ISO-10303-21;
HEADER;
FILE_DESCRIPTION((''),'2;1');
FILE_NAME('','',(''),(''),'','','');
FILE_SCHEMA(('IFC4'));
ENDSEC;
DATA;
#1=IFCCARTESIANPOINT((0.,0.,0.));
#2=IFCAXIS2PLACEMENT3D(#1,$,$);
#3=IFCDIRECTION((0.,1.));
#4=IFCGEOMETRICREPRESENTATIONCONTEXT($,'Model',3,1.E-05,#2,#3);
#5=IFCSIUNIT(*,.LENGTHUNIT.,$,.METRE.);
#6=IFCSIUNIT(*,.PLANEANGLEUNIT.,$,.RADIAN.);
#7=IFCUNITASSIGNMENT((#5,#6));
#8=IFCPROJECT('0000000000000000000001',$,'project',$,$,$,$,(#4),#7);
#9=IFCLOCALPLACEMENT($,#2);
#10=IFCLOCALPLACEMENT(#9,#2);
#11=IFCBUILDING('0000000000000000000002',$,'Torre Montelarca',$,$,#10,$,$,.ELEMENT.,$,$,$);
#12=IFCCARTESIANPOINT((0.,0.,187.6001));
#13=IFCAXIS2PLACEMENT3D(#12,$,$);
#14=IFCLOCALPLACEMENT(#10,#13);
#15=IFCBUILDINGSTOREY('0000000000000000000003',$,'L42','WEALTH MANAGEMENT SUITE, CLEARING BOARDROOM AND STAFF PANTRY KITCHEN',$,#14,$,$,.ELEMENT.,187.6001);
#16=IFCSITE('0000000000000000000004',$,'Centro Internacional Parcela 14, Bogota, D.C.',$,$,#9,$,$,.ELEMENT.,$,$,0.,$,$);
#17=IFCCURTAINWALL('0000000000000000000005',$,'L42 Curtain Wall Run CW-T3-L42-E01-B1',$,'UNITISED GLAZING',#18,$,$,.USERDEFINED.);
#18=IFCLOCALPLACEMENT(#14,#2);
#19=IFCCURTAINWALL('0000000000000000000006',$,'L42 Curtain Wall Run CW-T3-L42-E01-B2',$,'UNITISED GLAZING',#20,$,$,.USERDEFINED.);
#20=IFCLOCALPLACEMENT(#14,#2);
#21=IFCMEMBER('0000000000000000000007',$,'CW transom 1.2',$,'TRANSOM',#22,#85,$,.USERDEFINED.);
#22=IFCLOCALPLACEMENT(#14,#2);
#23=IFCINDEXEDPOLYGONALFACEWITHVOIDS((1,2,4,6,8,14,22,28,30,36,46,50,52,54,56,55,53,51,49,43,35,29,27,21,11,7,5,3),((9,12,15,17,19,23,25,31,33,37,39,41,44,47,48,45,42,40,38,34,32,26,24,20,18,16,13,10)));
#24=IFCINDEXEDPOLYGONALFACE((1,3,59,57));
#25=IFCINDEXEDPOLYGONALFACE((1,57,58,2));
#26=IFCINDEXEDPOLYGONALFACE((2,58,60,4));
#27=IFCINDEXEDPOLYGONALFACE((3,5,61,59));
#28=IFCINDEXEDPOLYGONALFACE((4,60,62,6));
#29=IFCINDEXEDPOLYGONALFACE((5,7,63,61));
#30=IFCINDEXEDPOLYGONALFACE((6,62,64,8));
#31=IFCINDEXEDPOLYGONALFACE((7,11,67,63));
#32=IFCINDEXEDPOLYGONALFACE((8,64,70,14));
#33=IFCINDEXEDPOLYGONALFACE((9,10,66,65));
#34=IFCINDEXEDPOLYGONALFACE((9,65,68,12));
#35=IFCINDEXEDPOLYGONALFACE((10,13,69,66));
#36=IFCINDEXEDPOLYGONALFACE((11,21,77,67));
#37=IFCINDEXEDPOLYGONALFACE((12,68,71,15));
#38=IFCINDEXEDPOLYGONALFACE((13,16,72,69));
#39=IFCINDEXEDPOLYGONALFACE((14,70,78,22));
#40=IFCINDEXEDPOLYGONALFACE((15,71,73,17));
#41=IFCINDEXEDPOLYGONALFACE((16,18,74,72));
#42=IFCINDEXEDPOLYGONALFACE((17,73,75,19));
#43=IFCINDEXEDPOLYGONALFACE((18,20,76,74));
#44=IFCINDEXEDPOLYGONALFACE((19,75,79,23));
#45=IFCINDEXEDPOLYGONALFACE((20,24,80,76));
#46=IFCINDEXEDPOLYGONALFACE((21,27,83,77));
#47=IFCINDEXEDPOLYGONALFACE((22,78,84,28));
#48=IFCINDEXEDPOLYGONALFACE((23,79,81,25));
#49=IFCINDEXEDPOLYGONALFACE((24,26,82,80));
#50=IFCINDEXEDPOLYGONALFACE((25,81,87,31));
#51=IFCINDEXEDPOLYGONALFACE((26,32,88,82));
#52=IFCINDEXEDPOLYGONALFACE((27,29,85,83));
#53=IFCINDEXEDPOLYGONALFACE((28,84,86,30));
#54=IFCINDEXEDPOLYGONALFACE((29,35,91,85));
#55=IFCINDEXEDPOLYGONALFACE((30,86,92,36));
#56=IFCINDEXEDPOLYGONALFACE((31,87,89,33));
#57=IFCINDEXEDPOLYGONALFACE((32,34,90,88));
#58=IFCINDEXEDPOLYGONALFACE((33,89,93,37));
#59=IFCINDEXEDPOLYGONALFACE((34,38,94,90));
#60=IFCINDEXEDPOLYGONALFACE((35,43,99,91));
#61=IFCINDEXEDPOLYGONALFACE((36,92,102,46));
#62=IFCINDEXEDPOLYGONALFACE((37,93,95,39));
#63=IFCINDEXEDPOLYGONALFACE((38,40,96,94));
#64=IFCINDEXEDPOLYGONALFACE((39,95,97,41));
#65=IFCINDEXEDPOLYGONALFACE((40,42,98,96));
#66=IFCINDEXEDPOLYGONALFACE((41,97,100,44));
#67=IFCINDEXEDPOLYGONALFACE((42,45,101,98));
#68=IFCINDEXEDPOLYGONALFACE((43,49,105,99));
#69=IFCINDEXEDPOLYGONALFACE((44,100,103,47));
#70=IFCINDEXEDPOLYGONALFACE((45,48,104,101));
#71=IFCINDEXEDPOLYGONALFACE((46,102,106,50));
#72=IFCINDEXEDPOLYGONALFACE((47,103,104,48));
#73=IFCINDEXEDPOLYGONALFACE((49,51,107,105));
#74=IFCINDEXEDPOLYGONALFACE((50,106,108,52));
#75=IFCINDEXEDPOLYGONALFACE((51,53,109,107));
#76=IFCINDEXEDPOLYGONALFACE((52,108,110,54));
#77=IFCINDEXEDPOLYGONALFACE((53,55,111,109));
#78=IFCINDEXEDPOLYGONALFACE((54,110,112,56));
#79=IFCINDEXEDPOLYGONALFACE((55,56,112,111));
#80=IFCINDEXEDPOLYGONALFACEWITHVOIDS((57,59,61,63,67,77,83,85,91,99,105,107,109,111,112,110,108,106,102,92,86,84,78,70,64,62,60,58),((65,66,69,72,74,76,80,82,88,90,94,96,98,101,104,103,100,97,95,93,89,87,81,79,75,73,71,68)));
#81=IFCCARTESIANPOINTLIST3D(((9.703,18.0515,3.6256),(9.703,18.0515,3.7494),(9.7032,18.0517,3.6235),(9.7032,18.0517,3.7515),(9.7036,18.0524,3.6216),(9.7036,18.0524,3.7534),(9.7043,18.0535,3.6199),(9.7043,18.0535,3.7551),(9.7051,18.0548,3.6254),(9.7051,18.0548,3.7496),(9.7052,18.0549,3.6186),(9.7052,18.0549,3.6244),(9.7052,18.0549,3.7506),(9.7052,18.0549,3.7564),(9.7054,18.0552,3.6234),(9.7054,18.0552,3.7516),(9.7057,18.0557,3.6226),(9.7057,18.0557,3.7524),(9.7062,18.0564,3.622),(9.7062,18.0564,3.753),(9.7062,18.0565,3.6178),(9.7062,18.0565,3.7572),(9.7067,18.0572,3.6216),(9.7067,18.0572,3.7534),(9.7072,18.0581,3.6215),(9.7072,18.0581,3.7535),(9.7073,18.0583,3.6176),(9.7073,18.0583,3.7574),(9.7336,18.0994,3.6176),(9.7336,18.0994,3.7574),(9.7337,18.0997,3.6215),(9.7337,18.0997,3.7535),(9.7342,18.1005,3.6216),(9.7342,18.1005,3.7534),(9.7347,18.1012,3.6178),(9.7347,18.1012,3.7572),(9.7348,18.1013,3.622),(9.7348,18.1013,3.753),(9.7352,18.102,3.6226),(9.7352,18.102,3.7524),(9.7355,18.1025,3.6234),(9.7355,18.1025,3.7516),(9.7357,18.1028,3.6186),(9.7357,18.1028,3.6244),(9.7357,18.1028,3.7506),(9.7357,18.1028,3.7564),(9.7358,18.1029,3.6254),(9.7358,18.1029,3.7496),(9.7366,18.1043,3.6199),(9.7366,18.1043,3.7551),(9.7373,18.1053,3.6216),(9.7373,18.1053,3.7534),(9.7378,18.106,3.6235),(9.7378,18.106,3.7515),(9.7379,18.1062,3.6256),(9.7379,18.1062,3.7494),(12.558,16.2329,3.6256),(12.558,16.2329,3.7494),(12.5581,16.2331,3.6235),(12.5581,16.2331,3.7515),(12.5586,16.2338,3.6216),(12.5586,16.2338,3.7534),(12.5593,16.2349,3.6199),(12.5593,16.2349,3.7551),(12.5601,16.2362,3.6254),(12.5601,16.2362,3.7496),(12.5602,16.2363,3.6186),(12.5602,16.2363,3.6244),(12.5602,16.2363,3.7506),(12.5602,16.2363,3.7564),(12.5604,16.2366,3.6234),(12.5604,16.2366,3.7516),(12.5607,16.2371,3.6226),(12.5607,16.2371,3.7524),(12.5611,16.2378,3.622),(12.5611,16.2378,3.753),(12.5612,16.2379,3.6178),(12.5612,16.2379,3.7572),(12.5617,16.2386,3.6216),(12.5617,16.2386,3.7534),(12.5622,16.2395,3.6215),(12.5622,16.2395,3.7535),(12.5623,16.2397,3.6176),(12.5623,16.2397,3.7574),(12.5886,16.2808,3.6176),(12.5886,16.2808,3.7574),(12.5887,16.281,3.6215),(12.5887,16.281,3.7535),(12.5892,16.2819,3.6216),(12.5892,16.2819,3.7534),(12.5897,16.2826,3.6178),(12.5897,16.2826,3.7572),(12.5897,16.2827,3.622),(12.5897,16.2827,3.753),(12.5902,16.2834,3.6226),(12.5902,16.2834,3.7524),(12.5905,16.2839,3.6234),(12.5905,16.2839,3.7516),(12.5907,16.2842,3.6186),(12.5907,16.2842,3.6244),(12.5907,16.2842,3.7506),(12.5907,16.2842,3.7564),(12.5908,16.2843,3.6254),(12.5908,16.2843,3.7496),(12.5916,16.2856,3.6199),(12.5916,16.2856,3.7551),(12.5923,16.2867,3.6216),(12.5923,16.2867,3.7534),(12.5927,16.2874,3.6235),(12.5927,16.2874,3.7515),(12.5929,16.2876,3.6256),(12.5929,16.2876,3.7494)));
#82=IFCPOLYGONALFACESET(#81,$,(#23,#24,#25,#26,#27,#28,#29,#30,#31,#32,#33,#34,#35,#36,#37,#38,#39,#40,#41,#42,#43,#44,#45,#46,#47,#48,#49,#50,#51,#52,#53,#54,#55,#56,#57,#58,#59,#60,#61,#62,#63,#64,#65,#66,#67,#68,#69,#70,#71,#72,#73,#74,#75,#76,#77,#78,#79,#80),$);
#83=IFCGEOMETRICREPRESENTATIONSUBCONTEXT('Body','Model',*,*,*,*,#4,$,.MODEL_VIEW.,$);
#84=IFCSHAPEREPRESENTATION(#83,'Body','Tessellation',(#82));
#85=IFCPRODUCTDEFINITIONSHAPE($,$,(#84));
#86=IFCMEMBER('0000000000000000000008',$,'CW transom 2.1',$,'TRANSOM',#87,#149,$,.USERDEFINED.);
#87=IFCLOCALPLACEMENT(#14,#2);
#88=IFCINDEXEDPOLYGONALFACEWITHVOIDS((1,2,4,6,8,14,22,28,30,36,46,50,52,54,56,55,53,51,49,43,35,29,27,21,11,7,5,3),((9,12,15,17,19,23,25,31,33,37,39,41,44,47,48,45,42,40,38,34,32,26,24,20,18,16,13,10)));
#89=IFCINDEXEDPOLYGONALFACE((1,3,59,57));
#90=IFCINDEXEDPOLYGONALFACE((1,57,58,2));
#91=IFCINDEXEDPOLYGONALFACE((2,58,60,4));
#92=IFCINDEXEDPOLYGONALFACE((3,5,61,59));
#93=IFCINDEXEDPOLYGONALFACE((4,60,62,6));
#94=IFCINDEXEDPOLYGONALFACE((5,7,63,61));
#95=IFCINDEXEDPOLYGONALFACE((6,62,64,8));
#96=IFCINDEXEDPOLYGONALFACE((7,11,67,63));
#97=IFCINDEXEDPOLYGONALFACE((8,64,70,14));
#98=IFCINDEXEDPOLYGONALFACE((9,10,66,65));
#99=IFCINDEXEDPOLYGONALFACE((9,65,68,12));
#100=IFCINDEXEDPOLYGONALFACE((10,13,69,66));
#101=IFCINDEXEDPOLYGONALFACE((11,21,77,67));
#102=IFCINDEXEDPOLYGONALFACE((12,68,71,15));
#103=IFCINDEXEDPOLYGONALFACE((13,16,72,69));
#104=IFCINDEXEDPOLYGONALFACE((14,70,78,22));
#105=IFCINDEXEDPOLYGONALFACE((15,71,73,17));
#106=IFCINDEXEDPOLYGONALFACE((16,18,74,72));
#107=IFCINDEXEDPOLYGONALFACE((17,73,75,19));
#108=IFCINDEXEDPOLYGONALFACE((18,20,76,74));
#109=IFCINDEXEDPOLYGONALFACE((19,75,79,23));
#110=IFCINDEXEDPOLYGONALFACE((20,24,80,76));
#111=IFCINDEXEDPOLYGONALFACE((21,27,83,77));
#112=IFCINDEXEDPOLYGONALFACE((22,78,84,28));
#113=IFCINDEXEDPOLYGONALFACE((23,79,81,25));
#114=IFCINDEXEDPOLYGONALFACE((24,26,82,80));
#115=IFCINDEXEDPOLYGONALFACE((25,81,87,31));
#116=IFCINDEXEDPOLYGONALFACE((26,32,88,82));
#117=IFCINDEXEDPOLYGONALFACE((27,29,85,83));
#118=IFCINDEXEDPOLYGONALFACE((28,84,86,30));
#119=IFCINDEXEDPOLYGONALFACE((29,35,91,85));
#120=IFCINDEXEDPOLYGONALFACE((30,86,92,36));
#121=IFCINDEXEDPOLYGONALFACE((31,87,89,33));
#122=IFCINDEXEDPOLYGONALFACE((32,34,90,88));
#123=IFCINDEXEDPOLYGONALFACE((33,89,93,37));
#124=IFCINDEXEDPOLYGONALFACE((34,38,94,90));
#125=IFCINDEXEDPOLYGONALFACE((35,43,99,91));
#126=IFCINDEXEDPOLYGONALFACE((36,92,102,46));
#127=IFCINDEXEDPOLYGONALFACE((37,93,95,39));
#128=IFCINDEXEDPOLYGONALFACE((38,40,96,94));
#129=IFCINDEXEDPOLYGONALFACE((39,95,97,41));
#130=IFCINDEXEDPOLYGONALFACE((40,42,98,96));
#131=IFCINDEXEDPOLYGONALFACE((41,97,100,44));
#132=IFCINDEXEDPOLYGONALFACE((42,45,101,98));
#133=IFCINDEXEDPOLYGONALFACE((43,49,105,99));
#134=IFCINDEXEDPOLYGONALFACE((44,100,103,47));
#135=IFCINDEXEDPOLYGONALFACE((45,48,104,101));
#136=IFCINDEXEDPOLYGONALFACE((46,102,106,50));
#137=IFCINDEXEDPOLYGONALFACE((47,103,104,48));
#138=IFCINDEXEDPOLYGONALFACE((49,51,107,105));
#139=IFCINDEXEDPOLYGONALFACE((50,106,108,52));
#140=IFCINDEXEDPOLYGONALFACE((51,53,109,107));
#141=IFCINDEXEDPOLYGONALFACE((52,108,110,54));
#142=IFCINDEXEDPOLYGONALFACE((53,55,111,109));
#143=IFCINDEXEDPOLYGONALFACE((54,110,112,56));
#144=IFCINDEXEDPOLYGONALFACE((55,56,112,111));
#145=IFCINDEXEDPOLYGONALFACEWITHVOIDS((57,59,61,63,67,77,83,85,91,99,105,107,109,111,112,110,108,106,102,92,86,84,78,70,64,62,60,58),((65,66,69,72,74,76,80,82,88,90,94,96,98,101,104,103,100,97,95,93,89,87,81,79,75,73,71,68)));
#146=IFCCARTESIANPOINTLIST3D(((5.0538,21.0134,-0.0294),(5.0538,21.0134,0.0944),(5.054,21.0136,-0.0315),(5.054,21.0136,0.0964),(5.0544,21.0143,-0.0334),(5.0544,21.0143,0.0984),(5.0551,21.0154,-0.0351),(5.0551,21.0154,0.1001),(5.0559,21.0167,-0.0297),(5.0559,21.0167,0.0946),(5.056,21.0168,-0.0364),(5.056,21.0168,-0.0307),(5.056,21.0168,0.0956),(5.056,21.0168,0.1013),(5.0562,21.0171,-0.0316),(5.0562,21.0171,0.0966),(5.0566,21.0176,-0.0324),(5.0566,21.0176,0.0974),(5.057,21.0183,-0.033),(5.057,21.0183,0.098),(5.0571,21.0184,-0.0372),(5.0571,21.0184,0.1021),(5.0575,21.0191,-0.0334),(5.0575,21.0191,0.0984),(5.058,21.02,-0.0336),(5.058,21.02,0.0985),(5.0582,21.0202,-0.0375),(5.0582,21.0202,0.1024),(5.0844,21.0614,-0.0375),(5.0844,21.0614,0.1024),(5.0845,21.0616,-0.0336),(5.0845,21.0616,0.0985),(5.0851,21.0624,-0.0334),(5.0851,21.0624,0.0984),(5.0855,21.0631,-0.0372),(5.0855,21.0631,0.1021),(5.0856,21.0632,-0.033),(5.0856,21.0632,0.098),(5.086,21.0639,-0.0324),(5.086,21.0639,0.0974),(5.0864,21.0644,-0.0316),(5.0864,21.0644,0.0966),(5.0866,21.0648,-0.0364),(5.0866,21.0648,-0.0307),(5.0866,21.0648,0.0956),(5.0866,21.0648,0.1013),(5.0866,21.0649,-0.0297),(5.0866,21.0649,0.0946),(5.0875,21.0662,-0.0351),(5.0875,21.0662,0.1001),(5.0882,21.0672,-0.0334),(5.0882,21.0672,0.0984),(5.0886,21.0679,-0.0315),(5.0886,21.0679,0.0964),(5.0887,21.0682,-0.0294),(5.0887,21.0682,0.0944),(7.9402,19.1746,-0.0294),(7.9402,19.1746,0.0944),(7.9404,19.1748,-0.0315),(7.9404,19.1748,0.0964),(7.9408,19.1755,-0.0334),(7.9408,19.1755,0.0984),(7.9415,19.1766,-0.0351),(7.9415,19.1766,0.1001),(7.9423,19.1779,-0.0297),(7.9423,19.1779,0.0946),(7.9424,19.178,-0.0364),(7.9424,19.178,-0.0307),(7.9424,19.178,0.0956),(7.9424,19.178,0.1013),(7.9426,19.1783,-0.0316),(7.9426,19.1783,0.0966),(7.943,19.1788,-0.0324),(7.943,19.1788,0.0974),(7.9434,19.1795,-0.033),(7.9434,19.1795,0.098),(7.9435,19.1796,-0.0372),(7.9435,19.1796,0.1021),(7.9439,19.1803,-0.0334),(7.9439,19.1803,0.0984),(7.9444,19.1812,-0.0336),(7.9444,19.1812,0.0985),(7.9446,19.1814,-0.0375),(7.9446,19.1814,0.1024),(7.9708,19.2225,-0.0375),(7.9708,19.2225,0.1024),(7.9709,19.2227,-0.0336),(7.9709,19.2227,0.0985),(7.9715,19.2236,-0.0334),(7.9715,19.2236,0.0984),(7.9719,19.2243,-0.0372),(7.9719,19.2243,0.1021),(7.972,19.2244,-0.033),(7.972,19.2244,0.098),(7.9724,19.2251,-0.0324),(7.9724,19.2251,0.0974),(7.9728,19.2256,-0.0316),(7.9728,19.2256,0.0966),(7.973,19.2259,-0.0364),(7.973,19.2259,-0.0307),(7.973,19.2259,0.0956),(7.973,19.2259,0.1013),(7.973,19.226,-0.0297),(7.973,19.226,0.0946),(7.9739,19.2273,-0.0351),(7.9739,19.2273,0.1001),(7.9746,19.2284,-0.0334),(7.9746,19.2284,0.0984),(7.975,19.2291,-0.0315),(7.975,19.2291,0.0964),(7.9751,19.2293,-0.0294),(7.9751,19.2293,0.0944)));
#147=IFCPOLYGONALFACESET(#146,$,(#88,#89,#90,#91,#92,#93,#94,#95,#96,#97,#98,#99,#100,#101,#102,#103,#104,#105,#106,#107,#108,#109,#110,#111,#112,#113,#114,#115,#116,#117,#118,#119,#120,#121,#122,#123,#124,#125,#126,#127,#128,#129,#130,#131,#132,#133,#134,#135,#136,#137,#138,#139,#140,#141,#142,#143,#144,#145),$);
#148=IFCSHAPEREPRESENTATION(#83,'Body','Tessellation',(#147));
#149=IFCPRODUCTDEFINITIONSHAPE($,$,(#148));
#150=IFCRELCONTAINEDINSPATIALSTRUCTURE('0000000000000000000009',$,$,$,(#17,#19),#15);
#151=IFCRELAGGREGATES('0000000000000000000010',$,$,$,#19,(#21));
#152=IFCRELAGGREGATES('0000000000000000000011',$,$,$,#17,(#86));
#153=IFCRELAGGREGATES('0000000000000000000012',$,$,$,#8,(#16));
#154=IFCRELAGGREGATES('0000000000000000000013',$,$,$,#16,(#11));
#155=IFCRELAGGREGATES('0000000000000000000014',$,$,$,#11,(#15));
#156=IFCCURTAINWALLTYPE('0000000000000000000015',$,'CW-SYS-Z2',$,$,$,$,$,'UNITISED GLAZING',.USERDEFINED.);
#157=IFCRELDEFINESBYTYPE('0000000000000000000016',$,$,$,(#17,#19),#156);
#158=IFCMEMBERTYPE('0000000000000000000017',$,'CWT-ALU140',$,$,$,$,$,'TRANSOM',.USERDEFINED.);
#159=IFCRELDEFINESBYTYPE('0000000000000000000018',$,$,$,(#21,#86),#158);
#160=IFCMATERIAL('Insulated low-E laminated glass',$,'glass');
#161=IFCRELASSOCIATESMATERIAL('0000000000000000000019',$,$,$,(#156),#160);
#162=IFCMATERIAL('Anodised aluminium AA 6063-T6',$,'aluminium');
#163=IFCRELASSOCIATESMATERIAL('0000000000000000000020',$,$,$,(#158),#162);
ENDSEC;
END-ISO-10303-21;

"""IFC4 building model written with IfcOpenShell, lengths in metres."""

from ifc_helpers import new_model, si_unit, direction, frame, origin, origin_2d, place, context, subcontext, project, spatial, hollow_rectangle, extrude, source, transform, mapped, material, material_profile, profile_set, type_object, element, aggregate, save


model = new_model("IFC4")

# Units and contexts
model_context = context("Model", 3, precision=1e-05, world=origin(), true_north=direction((0.0, 1.0)))
body_context = subcontext(model_context, "Body", "Model", "MODEL_VIEW")
ifc_project = project(units=[si_unit("LENGTHUNIT", "METRE"), si_unit("PLANEANGLEUNIT", "RADIAN")], contexts=[model_context])

# Site, building, storey
site_placement = place(None, origin())
site = spatial("IfcSite", under=ifc_project, at=site_placement, Name="Centro Internacional Parcela 14, Bogota, D.C.", CompositionType="ELEMENT", RefElevation=0.0)
building_placement = place(site_placement, origin())
building = spatial("IfcBuilding", under=site, at=building_placement, Name="Torre Montelarca", CompositionType="ELEMENT")
storey_placement = place(building_placement, frame((0.0, 0.0, 187.6001)))
storey = spatial("IfcBuildingStorey", under=building, at=storey_placement, Name="L42", Description="WEALTH MANAGEMENT SUITE, CLEARING BOARDROOM AND STAFF PANTRY KITCHEN", CompositionType="ELEMENT", Elevation=187.6001)

# Curtain wall
ifc_material_1 = material(Name="Insulated low-E laminated glass", Category="glass")
curtain_wall_type = type_object("IfcCurtainWallType", Name="CW-SYS-Z2", ElementType="UNITISED GLAZING", PredefinedType="USERDEFINED", material=ifc_material_1)
curtain_wall_1_placement = place(storey_placement, origin())
curtain_wall_1 = element("IfcCurtainWall", 1, at=curtain_wall_1_placement, inside=storey, type_object=curtain_wall_type, Name="L42 Curtain Wall Run CW-T3-L42-E01-B1", ObjectType="UNITISED GLAZING", PredefinedType="USERDEFINED")
ifc_material_2 = material(Name="Anodised aluminium AA 6063-T6", Category="aluminium")

# Curtain wall
curtain_wall_2_placement = place(storey_placement, origin())
curtain_wall_2 = element("IfcCurtainWall", 2, at=curtain_wall_2_placement, inside=storey, type_object=curtain_wall_type, Name="L42 Curtain Wall Run CW-T3-L42-E01-B2", ObjectType="UNITISED GLAZING", PredefinedType="USERDEFINED")

# Members
ifc_material_profile_1 = material_profile(ifc_material_2, hollow_rectangle(XDim=0.0649, YDim=0.1399, WallThickness=0.0039, InnerFilletRadius=0.0039, OuterFilletRadius=0.0081, at=origin_2d()), Name="ALU65X140X4", Category="aluminium")
ifc_profile_set_1 = profile_set([ifc_material_profile_1], Name="Anodised aluminium AA 6063-T6")
member_type_1 = type_object("IfcMemberType", Name="CWT-ALU140", ElementType="TRANSOM", PredefinedType="USERDEFINED", material=ifc_profile_set_1)
shared_shape_1 = source(origin(), body_context, "Body", "SweptSolid", [
    extrude(hollow_rectangle(XDim=0.0649, YDim=0.1399, WallThickness=0.0039, InnerFilletRadius=0.0039, OuterFilletRadius=0.0081, at=origin_2d()), origin(), (0.0, 0.0, 1.0), 3.385),
])
member_1_placement = place(storey_placement, frame((9.7205, 18.0789, 3.6875), z_axis=(0.843421, -0.537253, 0.0), x_axis=(0.537253, 0.843421, 0.0)))
member_1 = element("IfcMember", 3, at=member_1_placement, type_object=member_type_1, Name="CW transom 1.2", ObjectType="TRANSOM", PredefinedType="USERDEFINED", context=body_context, shape_type="MappedRepresentation", body=[
    mapped(shared_shape_1, transform((0.0, 0.0, 0.0), scale=1.0)),
])
shared_shape_2 = source(origin(), body_context, "Body", "SweptSolid", [
    extrude(hollow_rectangle(XDim=0.0649, YDim=0.1399, WallThickness=0.0039, InnerFilletRadius=0.0039, OuterFilletRadius=0.0081, at=origin_2d()), origin(), (0.0, 0.0, 1.0), 3.4224),
])
member_2_placement = place(storey_placement, frame((5.0713, 21.0408, 0.0325), z_axis=(0.843394, -0.537295, 0.0), x_axis=(0.537295, 0.843394, 0.0)))
member_2 = element("IfcMember", 4, at=member_2_placement, type_object=member_type_1, Name="CW transom 2.1", ObjectType="TRANSOM", PredefinedType="USERDEFINED", context=body_context, shape_type="MappedRepresentation", body=[
    mapped(shared_shape_2, transform((0.0, 0.0, 0.0), scale=1.0)),
])

aggregate(curtain_wall_2, [member_1])
aggregate(curtain_wall_1, [member_2])

save(model, "model.ifc")
